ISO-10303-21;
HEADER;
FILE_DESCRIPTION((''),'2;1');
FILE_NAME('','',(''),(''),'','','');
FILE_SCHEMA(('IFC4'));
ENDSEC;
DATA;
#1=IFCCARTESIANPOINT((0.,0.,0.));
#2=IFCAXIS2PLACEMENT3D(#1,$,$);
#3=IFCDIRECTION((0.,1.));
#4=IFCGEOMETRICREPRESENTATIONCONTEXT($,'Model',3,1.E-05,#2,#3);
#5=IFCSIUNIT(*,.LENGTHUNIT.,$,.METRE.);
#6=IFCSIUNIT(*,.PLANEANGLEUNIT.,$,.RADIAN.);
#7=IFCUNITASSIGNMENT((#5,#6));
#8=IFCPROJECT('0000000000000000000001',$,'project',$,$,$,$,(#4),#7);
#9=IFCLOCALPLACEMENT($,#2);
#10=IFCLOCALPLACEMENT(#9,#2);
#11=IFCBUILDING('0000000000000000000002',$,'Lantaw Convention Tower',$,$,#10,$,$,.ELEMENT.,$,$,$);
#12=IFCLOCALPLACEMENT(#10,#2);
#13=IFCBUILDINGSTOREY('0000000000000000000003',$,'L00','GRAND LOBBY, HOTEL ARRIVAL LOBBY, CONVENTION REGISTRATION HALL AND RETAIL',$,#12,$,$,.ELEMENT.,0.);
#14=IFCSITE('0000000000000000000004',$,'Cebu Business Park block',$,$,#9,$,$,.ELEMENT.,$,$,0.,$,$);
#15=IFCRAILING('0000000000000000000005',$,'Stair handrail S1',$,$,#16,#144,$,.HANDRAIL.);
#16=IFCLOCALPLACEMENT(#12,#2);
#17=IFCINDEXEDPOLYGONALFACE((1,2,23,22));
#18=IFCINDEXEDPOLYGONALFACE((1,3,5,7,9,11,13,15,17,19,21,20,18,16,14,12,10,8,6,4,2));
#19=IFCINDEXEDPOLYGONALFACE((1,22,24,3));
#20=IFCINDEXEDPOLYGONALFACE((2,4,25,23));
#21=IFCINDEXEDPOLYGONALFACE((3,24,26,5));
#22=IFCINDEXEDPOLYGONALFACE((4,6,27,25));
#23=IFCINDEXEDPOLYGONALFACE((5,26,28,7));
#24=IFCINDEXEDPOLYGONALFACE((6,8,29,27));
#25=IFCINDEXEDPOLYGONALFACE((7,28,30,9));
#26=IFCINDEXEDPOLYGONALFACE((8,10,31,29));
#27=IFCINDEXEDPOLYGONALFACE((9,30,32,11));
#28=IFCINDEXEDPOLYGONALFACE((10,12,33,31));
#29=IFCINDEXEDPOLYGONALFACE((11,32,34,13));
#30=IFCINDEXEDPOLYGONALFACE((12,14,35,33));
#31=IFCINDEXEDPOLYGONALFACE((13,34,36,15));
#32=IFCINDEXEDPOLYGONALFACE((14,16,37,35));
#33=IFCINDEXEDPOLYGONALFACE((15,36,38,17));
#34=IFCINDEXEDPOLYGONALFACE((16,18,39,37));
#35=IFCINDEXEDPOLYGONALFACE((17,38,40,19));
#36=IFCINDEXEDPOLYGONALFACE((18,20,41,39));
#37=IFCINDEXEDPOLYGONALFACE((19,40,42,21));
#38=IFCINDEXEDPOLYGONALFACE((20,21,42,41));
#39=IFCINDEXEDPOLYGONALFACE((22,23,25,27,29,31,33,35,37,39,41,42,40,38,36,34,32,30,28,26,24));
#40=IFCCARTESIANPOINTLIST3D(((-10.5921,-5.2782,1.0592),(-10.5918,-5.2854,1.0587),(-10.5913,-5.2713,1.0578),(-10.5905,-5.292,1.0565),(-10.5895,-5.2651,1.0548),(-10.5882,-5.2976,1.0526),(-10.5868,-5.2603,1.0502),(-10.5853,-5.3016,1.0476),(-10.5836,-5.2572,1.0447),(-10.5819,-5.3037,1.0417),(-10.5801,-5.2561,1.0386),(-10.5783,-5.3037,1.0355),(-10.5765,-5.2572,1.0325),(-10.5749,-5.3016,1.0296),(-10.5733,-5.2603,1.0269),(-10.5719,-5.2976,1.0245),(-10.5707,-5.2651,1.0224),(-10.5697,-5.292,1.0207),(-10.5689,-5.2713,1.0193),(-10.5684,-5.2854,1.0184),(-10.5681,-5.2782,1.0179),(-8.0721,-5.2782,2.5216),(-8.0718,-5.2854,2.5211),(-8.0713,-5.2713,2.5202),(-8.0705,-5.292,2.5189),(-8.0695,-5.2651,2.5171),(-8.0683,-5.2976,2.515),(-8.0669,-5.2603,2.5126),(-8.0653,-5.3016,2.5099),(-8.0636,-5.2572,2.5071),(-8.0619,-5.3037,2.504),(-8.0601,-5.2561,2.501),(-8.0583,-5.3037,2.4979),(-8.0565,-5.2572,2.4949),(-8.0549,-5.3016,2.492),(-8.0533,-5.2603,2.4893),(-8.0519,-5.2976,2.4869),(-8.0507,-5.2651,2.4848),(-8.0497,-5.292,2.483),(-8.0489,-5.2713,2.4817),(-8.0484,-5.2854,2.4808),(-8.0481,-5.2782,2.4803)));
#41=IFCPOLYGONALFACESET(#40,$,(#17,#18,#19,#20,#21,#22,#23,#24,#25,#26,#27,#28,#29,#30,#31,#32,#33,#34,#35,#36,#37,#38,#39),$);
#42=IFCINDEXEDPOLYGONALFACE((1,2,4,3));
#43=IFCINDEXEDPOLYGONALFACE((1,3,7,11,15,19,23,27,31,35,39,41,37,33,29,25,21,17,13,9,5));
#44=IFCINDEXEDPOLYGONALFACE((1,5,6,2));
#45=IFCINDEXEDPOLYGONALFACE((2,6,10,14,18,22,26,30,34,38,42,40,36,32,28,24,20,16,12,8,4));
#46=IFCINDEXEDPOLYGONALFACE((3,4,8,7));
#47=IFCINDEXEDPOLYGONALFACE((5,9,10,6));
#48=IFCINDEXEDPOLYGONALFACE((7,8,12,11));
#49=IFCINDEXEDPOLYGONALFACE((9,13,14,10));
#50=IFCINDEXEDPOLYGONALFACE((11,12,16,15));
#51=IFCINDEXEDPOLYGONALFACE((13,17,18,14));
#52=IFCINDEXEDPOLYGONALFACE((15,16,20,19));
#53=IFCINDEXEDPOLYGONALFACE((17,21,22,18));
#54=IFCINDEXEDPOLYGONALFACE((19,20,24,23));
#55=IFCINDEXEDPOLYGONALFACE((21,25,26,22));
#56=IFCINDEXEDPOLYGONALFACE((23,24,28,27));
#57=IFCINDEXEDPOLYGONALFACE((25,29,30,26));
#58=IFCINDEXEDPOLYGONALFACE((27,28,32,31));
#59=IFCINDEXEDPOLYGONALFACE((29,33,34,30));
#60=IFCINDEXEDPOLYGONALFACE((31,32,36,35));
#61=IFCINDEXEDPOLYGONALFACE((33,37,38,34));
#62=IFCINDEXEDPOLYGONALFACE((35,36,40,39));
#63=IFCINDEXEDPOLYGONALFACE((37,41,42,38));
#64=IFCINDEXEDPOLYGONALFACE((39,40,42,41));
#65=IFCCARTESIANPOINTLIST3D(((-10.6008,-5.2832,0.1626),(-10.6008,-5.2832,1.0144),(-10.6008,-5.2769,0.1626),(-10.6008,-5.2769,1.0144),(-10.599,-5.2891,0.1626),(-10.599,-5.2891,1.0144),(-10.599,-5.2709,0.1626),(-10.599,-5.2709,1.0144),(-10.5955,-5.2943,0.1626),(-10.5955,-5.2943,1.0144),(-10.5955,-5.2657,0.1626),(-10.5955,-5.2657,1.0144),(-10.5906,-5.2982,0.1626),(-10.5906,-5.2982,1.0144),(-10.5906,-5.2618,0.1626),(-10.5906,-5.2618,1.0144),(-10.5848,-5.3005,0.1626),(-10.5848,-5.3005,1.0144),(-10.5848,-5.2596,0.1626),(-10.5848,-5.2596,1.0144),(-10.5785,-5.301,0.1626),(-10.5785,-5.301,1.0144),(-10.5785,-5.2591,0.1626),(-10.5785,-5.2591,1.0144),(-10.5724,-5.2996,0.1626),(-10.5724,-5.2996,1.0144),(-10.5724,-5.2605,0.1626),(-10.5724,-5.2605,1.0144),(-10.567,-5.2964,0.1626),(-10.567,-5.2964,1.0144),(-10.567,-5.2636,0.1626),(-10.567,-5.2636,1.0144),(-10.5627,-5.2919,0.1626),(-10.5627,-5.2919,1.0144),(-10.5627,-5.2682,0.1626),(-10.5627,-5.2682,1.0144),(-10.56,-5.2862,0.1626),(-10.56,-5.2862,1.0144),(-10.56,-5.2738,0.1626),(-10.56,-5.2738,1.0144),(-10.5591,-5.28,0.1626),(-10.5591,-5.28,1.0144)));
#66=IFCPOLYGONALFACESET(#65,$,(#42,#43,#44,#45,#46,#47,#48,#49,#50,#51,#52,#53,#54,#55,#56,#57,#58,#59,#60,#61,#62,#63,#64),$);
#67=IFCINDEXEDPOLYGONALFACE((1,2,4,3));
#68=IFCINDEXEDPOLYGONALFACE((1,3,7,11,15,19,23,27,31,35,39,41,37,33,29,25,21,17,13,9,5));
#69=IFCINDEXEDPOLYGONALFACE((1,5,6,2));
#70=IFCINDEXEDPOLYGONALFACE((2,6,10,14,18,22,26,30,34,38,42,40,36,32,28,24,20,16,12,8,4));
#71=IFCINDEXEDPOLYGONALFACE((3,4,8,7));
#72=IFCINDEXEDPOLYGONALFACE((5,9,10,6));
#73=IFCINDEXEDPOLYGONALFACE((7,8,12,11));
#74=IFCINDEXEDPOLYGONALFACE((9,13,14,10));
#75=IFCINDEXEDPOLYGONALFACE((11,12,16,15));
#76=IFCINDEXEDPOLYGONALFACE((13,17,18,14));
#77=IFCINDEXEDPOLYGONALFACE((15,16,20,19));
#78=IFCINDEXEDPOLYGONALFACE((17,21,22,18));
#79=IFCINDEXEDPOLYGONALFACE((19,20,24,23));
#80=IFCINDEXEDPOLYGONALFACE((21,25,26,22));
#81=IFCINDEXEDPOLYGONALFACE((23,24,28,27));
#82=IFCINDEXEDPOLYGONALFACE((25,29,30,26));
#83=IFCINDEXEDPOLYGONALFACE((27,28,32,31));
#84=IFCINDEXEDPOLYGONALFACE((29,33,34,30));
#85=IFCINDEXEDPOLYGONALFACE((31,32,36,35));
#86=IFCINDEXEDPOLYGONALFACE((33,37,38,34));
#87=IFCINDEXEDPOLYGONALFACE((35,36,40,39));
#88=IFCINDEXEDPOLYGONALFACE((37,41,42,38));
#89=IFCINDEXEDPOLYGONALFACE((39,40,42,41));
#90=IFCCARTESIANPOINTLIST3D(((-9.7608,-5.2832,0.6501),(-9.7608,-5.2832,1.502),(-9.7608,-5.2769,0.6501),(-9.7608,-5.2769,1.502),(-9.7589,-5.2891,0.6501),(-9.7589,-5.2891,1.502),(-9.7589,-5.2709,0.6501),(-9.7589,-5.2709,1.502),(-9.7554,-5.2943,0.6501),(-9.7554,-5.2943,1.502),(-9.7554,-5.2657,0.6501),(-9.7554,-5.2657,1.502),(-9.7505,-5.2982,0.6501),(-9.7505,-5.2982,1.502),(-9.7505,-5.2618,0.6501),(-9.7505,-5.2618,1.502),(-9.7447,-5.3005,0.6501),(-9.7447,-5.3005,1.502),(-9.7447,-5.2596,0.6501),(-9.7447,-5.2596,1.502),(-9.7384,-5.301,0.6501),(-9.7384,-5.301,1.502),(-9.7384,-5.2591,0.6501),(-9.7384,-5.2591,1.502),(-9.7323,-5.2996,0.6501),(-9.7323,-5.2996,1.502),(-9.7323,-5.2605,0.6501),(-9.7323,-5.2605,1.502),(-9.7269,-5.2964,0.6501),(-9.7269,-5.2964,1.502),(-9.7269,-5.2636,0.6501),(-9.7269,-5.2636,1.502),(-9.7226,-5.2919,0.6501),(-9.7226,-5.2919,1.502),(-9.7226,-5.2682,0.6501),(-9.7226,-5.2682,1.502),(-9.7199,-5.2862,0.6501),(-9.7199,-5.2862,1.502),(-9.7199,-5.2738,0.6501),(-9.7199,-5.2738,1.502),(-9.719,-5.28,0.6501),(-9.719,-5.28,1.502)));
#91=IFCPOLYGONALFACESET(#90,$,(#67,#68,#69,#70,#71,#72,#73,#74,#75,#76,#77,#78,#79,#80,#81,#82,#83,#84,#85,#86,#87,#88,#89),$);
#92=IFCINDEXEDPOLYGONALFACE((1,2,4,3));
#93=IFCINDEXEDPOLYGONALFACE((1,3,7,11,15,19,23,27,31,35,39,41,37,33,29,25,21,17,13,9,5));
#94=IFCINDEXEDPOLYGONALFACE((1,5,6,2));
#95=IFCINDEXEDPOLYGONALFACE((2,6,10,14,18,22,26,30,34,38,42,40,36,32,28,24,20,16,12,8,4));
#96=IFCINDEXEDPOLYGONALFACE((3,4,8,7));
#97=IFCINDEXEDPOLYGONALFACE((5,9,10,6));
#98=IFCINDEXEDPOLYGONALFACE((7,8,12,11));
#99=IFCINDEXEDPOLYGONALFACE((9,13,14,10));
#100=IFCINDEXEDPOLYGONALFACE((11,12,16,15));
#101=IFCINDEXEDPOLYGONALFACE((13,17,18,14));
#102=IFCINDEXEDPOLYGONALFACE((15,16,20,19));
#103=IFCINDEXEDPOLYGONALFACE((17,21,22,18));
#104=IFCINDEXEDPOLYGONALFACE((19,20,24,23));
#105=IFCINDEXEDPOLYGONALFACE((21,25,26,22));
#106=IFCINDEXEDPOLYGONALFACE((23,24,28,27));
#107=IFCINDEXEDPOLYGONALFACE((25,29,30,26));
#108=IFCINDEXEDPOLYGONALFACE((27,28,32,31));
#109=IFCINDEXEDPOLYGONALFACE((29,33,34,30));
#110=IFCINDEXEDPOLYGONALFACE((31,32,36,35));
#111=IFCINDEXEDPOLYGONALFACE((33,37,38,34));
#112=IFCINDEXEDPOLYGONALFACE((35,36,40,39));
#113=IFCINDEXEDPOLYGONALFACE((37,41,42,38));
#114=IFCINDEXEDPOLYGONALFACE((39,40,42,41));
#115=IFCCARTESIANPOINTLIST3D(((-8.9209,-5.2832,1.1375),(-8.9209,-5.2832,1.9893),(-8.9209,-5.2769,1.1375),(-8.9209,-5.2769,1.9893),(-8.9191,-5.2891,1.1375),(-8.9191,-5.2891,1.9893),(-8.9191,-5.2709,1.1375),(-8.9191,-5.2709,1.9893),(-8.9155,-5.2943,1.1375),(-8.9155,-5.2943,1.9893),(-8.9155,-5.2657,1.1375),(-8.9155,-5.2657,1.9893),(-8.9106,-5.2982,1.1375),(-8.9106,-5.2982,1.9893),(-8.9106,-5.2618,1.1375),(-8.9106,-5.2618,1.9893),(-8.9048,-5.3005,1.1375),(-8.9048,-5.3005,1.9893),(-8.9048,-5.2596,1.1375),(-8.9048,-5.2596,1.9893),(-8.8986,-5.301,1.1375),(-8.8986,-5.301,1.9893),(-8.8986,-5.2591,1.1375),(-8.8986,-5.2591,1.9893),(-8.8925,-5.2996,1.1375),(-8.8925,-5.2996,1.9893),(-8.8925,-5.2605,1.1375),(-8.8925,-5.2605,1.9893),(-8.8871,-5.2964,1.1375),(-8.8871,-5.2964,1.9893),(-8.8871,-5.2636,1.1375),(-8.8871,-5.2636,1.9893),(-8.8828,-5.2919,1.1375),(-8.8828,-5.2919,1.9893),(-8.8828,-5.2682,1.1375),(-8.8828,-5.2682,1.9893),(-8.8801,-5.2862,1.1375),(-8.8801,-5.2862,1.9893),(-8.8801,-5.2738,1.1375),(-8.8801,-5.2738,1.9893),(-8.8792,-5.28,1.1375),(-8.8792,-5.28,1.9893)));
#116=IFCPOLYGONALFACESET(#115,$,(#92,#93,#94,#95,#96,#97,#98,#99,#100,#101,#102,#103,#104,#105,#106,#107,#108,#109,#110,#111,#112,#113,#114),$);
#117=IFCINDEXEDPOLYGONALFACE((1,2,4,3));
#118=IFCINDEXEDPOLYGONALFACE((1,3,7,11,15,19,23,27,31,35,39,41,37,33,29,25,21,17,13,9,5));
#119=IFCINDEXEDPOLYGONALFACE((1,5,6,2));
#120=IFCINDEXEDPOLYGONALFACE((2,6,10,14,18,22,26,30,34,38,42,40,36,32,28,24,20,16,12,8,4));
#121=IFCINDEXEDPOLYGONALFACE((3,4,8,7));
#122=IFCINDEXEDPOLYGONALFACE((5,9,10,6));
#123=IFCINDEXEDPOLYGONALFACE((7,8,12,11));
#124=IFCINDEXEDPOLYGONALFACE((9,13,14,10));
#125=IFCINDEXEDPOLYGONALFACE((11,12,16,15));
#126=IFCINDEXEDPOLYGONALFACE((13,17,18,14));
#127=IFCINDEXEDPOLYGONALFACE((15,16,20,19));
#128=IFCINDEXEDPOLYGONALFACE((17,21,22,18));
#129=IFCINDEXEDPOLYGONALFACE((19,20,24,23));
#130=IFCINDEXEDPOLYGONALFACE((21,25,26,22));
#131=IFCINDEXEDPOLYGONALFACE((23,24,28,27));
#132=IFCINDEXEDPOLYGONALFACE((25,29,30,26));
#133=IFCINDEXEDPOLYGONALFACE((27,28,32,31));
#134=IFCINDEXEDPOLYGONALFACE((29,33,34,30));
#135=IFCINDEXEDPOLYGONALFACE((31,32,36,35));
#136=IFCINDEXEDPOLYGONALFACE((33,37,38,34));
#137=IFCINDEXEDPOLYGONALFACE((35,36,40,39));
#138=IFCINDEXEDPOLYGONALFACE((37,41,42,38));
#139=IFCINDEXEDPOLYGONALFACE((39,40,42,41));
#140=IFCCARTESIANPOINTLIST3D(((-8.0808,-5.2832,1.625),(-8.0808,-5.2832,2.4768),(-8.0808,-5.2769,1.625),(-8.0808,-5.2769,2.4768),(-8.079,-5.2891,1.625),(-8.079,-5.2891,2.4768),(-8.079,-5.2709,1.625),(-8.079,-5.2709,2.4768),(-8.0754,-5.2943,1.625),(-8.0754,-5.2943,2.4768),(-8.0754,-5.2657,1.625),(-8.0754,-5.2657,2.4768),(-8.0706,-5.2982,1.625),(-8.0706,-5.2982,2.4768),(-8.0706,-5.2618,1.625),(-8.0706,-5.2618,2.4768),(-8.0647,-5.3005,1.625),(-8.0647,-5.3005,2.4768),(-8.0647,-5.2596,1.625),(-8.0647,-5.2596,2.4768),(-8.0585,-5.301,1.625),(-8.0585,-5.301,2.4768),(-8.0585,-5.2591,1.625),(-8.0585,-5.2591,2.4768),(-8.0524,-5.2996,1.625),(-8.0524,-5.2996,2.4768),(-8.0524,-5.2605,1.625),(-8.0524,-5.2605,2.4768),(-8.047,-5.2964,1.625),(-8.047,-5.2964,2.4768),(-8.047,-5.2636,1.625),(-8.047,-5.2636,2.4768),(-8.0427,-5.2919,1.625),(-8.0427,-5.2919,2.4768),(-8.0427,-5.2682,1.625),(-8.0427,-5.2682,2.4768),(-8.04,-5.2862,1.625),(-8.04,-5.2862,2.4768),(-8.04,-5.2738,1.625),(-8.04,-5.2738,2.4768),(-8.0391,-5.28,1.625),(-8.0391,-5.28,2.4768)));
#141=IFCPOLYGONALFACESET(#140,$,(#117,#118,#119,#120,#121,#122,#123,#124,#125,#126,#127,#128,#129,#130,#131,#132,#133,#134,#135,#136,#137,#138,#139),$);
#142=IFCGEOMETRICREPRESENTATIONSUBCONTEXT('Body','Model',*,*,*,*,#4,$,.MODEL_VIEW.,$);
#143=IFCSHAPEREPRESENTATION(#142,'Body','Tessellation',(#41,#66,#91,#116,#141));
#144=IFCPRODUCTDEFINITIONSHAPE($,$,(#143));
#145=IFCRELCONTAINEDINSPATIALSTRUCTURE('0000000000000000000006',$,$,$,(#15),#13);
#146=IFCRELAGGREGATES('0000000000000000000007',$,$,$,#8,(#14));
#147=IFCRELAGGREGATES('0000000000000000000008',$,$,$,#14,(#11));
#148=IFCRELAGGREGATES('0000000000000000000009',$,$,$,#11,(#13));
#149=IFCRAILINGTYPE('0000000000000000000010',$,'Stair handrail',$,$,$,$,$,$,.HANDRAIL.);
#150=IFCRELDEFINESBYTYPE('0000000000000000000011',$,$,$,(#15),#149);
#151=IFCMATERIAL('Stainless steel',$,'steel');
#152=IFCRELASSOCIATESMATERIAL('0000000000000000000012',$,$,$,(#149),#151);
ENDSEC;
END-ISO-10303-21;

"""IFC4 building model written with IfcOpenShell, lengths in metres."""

from ifc_helpers import new_model, si_unit, direction, frame, origin, origin_2d, place, context, subcontext, project, spatial, circle, extrude, material, type_object, element, save


model = new_model("IFC4")

# Units and contexts
model_context = context("Model", 3, precision=1e-05, world=origin(), true_north=direction((0.0, 1.0)))
body_context = subcontext(model_context, "Body", "Model", "MODEL_VIEW")
ifc_project = project(units=[si_unit("LENGTHUNIT", "METRE"), si_unit("PLANEANGLEUNIT", "RADIAN")], contexts=[model_context])

# Site, building, storey
site_placement = place(None, origin())
site = spatial("IfcSite", under=ifc_project, at=site_placement, Name="Cebu Business Park block", CompositionType="ELEMENT", RefElevation=0.0)
building_placement = place(site_placement, origin())
building = spatial("IfcBuilding", under=site, at=building_placement, Name="Lantaw Convention Tower", CompositionType="ELEMENT")
storey_placement = place(building_placement, origin())
storey = spatial("IfcBuildingStorey", under=building, at=storey_placement, Name="L00", Description="GRAND LOBBY, HOTEL ARRIVAL LOBBY, CONVENTION REGISTRATION HALL AND RETAIL", CompositionType="ELEMENT", Elevation=0.0)

# Shared definitions
ifc_material_1 = material(Name="Stainless steel", Category="steel")

# Railing
railing_type = type_object("IfcRailingType", Name="Stair handrail", PredefinedType="HANDRAIL", material=ifc_material_1)
railing_placement = place(storey_placement, frame((-10.5801, -5.28, 0.1626)))
element("IfcRailing", 1, at=railing_placement, inside=storey, type_object=railing_type, Name="Stair handrail S1", PredefinedType="HANDRAIL", context=body_context, shape_type="SweptSolid", body=[
    extrude(circle(Radius=0.0239, at=origin_2d()), frame((0.0, 0.0, 0.876), z_axis=(0.864913, 0.0, 0.501921), x_axis=(0.0, 1.0, 0.0)), (0.0, 0.0, 1.0), 2.9136),
    extrude(circle(Radius=0.021, at=origin_2d()), origin(), (0.0, 0.0, 1.0), 0.8518),
    extrude(circle(Radius=0.021, at=origin_2d()), frame((0.8401, 0.0, 0.4875)), (0.0, 0.0, 1.0), 0.8518),
    extrude(circle(Radius=0.021, at=origin_2d()), frame((1.6799, 0.0, 0.9749)), (0.0, 0.0, 1.0), 0.8518),
    extrude(circle(Radius=0.021, at=origin_2d()), frame((2.52, 0.0, 1.4624)), (0.0, 0.0, 1.0), 0.8518),
])

save(model, "model.ifc")
